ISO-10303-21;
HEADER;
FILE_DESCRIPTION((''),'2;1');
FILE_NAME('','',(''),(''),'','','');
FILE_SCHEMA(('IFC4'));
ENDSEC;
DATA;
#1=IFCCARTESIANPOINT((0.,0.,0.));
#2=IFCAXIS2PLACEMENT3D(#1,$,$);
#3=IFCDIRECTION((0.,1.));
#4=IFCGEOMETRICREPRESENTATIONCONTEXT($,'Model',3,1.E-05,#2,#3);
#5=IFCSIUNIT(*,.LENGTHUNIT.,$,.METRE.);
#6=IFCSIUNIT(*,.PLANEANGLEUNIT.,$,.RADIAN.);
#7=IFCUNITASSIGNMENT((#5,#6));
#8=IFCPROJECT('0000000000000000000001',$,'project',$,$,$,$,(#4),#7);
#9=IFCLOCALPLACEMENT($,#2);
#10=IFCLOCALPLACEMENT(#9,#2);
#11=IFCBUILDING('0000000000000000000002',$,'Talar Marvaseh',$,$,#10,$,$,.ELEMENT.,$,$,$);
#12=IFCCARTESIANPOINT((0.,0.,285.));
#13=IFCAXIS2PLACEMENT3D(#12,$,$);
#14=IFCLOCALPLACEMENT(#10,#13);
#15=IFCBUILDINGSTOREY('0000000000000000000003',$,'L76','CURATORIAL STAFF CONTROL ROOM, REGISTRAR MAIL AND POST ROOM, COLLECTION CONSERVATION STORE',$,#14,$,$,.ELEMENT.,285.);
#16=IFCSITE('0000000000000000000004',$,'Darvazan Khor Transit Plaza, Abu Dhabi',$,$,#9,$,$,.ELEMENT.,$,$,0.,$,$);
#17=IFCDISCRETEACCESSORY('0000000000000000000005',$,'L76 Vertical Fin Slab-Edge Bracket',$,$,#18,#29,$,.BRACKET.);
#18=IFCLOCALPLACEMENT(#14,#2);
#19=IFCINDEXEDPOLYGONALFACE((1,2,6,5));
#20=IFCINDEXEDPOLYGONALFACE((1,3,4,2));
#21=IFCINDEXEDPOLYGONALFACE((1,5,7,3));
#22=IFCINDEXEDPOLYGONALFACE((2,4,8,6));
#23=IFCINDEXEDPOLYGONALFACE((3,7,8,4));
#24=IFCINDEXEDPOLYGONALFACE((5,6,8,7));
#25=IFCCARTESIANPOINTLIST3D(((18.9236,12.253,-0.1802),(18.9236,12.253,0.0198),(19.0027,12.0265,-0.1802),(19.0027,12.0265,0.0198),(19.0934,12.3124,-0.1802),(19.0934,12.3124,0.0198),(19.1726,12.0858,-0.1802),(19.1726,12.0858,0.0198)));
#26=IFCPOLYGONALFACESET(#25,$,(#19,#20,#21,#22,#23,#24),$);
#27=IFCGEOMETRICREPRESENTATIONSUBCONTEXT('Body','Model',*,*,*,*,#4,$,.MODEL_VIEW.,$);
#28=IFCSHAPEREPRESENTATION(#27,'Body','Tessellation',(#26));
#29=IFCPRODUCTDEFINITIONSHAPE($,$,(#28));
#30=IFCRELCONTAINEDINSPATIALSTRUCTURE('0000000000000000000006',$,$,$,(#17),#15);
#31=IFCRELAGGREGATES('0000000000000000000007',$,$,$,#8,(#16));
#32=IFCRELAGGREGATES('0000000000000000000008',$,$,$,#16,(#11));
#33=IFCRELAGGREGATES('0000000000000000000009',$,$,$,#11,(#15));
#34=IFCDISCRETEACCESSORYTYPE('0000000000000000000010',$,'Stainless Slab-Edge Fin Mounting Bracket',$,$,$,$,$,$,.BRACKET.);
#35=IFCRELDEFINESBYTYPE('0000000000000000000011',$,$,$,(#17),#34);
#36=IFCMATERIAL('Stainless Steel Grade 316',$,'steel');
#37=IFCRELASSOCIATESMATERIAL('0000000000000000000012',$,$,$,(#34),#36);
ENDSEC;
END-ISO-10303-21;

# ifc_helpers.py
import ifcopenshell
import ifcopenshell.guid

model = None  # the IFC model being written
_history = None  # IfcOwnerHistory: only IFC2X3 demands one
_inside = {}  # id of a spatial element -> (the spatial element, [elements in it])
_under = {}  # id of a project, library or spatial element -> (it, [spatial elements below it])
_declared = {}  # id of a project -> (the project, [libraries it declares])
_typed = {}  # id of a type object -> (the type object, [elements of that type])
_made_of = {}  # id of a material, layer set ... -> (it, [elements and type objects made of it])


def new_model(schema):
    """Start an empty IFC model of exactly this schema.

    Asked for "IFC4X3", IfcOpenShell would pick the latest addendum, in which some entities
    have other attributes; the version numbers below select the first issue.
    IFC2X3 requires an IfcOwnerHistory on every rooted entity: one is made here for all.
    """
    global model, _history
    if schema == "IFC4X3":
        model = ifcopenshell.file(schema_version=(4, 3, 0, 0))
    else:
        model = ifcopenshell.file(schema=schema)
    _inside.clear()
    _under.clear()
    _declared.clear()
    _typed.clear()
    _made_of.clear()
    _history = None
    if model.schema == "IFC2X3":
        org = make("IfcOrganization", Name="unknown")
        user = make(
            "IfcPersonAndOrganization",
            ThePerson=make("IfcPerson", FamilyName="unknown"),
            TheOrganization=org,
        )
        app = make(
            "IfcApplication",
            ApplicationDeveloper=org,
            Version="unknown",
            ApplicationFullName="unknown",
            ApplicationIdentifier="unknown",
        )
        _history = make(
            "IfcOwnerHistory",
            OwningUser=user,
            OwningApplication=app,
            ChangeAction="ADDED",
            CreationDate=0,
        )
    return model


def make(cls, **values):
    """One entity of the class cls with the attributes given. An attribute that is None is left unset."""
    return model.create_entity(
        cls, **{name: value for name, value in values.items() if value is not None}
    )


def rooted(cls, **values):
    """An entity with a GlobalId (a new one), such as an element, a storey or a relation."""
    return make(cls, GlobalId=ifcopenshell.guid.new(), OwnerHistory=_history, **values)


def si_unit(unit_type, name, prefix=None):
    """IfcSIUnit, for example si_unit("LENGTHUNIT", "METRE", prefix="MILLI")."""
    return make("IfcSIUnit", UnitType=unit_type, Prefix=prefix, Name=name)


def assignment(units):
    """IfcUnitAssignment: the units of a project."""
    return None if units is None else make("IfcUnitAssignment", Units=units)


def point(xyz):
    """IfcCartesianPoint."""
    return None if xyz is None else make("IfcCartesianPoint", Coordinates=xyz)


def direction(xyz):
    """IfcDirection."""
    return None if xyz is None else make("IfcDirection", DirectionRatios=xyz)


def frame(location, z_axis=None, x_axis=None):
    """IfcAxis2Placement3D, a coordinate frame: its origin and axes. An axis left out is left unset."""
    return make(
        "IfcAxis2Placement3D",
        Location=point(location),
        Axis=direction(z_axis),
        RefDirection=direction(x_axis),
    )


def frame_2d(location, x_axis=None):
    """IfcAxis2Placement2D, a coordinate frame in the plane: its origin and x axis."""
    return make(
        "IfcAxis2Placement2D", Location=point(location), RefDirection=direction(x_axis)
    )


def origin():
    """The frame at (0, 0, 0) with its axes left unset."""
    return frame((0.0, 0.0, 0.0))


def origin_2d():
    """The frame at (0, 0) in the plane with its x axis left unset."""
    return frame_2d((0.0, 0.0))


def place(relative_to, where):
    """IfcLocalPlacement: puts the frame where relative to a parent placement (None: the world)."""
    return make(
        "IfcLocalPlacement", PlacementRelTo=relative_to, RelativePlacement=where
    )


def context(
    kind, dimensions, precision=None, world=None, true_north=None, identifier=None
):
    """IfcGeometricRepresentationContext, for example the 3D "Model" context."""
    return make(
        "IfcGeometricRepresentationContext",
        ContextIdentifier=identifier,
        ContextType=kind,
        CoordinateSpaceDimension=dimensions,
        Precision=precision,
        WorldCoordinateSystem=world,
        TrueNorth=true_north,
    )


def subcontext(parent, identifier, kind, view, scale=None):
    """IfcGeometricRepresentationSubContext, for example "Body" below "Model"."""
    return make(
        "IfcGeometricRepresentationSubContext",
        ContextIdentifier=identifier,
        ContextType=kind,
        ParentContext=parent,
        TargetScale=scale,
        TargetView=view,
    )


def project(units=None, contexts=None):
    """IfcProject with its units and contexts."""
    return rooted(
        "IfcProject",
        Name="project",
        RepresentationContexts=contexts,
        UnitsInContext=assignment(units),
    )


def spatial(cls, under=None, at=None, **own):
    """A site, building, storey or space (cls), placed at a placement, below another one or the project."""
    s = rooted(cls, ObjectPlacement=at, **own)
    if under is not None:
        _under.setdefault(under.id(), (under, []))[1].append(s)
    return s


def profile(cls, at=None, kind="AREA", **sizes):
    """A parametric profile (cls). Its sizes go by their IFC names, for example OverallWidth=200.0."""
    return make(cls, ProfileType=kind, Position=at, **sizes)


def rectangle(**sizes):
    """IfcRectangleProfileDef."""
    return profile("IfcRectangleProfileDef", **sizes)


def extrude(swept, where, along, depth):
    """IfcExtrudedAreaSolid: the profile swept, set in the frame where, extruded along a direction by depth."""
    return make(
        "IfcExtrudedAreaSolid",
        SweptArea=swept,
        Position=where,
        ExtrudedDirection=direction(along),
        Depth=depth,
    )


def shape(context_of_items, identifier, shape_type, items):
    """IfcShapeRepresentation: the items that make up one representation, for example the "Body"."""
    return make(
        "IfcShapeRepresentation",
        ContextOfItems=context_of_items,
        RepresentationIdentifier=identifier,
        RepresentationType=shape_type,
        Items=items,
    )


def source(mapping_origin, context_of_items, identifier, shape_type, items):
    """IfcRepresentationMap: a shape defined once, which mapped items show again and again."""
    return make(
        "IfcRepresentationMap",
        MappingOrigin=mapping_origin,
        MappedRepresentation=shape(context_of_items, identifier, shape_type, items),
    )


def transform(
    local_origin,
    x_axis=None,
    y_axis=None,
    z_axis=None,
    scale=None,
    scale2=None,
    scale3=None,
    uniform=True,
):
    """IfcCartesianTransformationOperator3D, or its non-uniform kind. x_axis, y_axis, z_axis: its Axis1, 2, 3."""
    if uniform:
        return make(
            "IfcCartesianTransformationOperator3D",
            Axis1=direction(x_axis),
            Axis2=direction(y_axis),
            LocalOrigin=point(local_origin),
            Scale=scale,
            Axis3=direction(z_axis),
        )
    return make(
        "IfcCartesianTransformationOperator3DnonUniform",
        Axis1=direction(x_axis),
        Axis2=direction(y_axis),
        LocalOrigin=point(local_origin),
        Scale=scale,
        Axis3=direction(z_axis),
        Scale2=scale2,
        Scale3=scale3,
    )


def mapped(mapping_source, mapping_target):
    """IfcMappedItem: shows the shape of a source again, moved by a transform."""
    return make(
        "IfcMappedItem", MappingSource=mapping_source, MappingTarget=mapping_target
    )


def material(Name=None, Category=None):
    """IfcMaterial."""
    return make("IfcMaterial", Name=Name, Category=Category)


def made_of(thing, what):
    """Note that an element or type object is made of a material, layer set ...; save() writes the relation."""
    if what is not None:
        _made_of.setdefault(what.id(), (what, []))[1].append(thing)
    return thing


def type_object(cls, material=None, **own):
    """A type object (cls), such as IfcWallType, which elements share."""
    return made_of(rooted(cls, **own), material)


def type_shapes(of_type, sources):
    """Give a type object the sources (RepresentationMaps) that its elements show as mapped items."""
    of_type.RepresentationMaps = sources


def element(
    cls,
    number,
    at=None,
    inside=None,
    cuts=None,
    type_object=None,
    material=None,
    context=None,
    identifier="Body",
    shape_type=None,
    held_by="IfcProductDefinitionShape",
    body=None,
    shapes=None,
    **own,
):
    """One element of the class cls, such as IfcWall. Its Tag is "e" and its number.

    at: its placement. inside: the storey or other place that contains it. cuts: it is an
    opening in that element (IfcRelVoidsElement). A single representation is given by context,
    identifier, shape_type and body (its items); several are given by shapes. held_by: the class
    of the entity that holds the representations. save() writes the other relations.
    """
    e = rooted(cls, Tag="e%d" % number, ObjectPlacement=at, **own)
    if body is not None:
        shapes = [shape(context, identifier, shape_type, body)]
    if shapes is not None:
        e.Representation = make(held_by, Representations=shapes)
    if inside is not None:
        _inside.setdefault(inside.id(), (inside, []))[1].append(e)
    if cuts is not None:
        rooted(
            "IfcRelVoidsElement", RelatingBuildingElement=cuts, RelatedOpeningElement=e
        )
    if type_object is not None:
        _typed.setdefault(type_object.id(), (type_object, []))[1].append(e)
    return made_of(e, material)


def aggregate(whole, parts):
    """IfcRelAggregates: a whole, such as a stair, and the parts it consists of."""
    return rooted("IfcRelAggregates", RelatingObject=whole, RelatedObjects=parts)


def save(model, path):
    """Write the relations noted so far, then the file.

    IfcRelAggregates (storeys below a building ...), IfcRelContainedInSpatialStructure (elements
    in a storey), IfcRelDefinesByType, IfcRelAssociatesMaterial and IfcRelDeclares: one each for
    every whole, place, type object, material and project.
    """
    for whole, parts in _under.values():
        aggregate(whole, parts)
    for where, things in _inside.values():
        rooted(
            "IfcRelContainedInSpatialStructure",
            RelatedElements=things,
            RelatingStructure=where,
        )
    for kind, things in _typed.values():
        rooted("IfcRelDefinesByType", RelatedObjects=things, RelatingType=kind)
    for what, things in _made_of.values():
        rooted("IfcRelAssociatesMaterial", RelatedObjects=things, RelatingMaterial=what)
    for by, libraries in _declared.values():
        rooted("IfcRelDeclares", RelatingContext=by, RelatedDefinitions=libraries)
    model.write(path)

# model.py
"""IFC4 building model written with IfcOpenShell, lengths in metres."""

from ifc_helpers import new_model, si_unit, direction, frame, origin, origin_2d, place, context, subcontext, project, spatial, rectangle, extrude, source, transform, mapped, material, type_object, type_shapes, element, save


model = new_model("IFC4")

# Units and contexts
model_context = context("Model", 3, precision=1e-05, world=origin(), true_north=direction((0.0, 1.0)))
body_context = subcontext(model_context, "Body", "Model", "MODEL_VIEW")
ifc_project = project(units=[si_unit("LENGTHUNIT", "METRE"), si_unit("PLANEANGLEUNIT", "RADIAN")], contexts=[model_context])

# Site, building, storey
site_placement = place(None, origin())
site = spatial("IfcSite", under=ifc_project, at=site_placement, Name="Darvazan Khor Transit Plaza, Abu Dhabi", CompositionType="ELEMENT", RefElevation=0.0)
building_placement = place(site_placement, origin())
building = spatial("IfcBuilding", under=site, at=building_placement, Name="Talar Marvaseh", CompositionType="ELEMENT")
storey_placement = place(building_placement, frame((0.0, 0.0, 285.0)))
storey = spatial("IfcBuildingStorey", under=building, at=storey_placement, Name="L76", Description="CURATORIAL STAFF CONTROL ROOM, REGISTRAR MAIL AND POST ROOM, COLLECTION CONSERVATION STORE", CompositionType="ELEMENT", Elevation=285.0)

# Discrete accessory
ifc_material_1 = material(Name="Stainless Steel Grade 316", Category="steel")
discrete_accessory_type = type_object("IfcDiscreteAccessoryType", Name="Stainless Slab-Edge Fin Mounting Bracket", PredefinedType="BRACKET", material=ifc_material_1)
shared_shape_1 = source(origin(), body_context, "Body", "SweptSolid", [
    extrude(rectangle(XDim=0.24, YDim=0.1799, at=origin_2d()), origin(), (0.0, 0.0, 1.0), 0.2),
])
type_shapes(discrete_accessory_type, [shared_shape_1])
for number, where, z_axis, x_axis, name in (
    (1, (19.0481, 12.1694, -0.1802), (0.0, 0.0, 1.0), (0.329855, -0.944031, 0.0), "L76 Vertical Fin Slab-Edge Bracket"),
):
    element("IfcDiscreteAccessory", number, at=place(storey_placement, frame(where, z_axis=z_axis, x_axis=x_axis)), inside=storey, type_object=discrete_accessory_type, Name=name, PredefinedType="BRACKET", context=body_context, shape_type="MappedRepresentation", body=[
        mapped(shared_shape_1, transform((0.0, 0.0, 0.0), x_axis=(1.0, 0.0, 0.0), y_axis=(0.0, 1.0, 0.0), z_axis=(0.0, 0.0, 1.0), scale=1.0)),
    ])

save(model, "model.ifc")
